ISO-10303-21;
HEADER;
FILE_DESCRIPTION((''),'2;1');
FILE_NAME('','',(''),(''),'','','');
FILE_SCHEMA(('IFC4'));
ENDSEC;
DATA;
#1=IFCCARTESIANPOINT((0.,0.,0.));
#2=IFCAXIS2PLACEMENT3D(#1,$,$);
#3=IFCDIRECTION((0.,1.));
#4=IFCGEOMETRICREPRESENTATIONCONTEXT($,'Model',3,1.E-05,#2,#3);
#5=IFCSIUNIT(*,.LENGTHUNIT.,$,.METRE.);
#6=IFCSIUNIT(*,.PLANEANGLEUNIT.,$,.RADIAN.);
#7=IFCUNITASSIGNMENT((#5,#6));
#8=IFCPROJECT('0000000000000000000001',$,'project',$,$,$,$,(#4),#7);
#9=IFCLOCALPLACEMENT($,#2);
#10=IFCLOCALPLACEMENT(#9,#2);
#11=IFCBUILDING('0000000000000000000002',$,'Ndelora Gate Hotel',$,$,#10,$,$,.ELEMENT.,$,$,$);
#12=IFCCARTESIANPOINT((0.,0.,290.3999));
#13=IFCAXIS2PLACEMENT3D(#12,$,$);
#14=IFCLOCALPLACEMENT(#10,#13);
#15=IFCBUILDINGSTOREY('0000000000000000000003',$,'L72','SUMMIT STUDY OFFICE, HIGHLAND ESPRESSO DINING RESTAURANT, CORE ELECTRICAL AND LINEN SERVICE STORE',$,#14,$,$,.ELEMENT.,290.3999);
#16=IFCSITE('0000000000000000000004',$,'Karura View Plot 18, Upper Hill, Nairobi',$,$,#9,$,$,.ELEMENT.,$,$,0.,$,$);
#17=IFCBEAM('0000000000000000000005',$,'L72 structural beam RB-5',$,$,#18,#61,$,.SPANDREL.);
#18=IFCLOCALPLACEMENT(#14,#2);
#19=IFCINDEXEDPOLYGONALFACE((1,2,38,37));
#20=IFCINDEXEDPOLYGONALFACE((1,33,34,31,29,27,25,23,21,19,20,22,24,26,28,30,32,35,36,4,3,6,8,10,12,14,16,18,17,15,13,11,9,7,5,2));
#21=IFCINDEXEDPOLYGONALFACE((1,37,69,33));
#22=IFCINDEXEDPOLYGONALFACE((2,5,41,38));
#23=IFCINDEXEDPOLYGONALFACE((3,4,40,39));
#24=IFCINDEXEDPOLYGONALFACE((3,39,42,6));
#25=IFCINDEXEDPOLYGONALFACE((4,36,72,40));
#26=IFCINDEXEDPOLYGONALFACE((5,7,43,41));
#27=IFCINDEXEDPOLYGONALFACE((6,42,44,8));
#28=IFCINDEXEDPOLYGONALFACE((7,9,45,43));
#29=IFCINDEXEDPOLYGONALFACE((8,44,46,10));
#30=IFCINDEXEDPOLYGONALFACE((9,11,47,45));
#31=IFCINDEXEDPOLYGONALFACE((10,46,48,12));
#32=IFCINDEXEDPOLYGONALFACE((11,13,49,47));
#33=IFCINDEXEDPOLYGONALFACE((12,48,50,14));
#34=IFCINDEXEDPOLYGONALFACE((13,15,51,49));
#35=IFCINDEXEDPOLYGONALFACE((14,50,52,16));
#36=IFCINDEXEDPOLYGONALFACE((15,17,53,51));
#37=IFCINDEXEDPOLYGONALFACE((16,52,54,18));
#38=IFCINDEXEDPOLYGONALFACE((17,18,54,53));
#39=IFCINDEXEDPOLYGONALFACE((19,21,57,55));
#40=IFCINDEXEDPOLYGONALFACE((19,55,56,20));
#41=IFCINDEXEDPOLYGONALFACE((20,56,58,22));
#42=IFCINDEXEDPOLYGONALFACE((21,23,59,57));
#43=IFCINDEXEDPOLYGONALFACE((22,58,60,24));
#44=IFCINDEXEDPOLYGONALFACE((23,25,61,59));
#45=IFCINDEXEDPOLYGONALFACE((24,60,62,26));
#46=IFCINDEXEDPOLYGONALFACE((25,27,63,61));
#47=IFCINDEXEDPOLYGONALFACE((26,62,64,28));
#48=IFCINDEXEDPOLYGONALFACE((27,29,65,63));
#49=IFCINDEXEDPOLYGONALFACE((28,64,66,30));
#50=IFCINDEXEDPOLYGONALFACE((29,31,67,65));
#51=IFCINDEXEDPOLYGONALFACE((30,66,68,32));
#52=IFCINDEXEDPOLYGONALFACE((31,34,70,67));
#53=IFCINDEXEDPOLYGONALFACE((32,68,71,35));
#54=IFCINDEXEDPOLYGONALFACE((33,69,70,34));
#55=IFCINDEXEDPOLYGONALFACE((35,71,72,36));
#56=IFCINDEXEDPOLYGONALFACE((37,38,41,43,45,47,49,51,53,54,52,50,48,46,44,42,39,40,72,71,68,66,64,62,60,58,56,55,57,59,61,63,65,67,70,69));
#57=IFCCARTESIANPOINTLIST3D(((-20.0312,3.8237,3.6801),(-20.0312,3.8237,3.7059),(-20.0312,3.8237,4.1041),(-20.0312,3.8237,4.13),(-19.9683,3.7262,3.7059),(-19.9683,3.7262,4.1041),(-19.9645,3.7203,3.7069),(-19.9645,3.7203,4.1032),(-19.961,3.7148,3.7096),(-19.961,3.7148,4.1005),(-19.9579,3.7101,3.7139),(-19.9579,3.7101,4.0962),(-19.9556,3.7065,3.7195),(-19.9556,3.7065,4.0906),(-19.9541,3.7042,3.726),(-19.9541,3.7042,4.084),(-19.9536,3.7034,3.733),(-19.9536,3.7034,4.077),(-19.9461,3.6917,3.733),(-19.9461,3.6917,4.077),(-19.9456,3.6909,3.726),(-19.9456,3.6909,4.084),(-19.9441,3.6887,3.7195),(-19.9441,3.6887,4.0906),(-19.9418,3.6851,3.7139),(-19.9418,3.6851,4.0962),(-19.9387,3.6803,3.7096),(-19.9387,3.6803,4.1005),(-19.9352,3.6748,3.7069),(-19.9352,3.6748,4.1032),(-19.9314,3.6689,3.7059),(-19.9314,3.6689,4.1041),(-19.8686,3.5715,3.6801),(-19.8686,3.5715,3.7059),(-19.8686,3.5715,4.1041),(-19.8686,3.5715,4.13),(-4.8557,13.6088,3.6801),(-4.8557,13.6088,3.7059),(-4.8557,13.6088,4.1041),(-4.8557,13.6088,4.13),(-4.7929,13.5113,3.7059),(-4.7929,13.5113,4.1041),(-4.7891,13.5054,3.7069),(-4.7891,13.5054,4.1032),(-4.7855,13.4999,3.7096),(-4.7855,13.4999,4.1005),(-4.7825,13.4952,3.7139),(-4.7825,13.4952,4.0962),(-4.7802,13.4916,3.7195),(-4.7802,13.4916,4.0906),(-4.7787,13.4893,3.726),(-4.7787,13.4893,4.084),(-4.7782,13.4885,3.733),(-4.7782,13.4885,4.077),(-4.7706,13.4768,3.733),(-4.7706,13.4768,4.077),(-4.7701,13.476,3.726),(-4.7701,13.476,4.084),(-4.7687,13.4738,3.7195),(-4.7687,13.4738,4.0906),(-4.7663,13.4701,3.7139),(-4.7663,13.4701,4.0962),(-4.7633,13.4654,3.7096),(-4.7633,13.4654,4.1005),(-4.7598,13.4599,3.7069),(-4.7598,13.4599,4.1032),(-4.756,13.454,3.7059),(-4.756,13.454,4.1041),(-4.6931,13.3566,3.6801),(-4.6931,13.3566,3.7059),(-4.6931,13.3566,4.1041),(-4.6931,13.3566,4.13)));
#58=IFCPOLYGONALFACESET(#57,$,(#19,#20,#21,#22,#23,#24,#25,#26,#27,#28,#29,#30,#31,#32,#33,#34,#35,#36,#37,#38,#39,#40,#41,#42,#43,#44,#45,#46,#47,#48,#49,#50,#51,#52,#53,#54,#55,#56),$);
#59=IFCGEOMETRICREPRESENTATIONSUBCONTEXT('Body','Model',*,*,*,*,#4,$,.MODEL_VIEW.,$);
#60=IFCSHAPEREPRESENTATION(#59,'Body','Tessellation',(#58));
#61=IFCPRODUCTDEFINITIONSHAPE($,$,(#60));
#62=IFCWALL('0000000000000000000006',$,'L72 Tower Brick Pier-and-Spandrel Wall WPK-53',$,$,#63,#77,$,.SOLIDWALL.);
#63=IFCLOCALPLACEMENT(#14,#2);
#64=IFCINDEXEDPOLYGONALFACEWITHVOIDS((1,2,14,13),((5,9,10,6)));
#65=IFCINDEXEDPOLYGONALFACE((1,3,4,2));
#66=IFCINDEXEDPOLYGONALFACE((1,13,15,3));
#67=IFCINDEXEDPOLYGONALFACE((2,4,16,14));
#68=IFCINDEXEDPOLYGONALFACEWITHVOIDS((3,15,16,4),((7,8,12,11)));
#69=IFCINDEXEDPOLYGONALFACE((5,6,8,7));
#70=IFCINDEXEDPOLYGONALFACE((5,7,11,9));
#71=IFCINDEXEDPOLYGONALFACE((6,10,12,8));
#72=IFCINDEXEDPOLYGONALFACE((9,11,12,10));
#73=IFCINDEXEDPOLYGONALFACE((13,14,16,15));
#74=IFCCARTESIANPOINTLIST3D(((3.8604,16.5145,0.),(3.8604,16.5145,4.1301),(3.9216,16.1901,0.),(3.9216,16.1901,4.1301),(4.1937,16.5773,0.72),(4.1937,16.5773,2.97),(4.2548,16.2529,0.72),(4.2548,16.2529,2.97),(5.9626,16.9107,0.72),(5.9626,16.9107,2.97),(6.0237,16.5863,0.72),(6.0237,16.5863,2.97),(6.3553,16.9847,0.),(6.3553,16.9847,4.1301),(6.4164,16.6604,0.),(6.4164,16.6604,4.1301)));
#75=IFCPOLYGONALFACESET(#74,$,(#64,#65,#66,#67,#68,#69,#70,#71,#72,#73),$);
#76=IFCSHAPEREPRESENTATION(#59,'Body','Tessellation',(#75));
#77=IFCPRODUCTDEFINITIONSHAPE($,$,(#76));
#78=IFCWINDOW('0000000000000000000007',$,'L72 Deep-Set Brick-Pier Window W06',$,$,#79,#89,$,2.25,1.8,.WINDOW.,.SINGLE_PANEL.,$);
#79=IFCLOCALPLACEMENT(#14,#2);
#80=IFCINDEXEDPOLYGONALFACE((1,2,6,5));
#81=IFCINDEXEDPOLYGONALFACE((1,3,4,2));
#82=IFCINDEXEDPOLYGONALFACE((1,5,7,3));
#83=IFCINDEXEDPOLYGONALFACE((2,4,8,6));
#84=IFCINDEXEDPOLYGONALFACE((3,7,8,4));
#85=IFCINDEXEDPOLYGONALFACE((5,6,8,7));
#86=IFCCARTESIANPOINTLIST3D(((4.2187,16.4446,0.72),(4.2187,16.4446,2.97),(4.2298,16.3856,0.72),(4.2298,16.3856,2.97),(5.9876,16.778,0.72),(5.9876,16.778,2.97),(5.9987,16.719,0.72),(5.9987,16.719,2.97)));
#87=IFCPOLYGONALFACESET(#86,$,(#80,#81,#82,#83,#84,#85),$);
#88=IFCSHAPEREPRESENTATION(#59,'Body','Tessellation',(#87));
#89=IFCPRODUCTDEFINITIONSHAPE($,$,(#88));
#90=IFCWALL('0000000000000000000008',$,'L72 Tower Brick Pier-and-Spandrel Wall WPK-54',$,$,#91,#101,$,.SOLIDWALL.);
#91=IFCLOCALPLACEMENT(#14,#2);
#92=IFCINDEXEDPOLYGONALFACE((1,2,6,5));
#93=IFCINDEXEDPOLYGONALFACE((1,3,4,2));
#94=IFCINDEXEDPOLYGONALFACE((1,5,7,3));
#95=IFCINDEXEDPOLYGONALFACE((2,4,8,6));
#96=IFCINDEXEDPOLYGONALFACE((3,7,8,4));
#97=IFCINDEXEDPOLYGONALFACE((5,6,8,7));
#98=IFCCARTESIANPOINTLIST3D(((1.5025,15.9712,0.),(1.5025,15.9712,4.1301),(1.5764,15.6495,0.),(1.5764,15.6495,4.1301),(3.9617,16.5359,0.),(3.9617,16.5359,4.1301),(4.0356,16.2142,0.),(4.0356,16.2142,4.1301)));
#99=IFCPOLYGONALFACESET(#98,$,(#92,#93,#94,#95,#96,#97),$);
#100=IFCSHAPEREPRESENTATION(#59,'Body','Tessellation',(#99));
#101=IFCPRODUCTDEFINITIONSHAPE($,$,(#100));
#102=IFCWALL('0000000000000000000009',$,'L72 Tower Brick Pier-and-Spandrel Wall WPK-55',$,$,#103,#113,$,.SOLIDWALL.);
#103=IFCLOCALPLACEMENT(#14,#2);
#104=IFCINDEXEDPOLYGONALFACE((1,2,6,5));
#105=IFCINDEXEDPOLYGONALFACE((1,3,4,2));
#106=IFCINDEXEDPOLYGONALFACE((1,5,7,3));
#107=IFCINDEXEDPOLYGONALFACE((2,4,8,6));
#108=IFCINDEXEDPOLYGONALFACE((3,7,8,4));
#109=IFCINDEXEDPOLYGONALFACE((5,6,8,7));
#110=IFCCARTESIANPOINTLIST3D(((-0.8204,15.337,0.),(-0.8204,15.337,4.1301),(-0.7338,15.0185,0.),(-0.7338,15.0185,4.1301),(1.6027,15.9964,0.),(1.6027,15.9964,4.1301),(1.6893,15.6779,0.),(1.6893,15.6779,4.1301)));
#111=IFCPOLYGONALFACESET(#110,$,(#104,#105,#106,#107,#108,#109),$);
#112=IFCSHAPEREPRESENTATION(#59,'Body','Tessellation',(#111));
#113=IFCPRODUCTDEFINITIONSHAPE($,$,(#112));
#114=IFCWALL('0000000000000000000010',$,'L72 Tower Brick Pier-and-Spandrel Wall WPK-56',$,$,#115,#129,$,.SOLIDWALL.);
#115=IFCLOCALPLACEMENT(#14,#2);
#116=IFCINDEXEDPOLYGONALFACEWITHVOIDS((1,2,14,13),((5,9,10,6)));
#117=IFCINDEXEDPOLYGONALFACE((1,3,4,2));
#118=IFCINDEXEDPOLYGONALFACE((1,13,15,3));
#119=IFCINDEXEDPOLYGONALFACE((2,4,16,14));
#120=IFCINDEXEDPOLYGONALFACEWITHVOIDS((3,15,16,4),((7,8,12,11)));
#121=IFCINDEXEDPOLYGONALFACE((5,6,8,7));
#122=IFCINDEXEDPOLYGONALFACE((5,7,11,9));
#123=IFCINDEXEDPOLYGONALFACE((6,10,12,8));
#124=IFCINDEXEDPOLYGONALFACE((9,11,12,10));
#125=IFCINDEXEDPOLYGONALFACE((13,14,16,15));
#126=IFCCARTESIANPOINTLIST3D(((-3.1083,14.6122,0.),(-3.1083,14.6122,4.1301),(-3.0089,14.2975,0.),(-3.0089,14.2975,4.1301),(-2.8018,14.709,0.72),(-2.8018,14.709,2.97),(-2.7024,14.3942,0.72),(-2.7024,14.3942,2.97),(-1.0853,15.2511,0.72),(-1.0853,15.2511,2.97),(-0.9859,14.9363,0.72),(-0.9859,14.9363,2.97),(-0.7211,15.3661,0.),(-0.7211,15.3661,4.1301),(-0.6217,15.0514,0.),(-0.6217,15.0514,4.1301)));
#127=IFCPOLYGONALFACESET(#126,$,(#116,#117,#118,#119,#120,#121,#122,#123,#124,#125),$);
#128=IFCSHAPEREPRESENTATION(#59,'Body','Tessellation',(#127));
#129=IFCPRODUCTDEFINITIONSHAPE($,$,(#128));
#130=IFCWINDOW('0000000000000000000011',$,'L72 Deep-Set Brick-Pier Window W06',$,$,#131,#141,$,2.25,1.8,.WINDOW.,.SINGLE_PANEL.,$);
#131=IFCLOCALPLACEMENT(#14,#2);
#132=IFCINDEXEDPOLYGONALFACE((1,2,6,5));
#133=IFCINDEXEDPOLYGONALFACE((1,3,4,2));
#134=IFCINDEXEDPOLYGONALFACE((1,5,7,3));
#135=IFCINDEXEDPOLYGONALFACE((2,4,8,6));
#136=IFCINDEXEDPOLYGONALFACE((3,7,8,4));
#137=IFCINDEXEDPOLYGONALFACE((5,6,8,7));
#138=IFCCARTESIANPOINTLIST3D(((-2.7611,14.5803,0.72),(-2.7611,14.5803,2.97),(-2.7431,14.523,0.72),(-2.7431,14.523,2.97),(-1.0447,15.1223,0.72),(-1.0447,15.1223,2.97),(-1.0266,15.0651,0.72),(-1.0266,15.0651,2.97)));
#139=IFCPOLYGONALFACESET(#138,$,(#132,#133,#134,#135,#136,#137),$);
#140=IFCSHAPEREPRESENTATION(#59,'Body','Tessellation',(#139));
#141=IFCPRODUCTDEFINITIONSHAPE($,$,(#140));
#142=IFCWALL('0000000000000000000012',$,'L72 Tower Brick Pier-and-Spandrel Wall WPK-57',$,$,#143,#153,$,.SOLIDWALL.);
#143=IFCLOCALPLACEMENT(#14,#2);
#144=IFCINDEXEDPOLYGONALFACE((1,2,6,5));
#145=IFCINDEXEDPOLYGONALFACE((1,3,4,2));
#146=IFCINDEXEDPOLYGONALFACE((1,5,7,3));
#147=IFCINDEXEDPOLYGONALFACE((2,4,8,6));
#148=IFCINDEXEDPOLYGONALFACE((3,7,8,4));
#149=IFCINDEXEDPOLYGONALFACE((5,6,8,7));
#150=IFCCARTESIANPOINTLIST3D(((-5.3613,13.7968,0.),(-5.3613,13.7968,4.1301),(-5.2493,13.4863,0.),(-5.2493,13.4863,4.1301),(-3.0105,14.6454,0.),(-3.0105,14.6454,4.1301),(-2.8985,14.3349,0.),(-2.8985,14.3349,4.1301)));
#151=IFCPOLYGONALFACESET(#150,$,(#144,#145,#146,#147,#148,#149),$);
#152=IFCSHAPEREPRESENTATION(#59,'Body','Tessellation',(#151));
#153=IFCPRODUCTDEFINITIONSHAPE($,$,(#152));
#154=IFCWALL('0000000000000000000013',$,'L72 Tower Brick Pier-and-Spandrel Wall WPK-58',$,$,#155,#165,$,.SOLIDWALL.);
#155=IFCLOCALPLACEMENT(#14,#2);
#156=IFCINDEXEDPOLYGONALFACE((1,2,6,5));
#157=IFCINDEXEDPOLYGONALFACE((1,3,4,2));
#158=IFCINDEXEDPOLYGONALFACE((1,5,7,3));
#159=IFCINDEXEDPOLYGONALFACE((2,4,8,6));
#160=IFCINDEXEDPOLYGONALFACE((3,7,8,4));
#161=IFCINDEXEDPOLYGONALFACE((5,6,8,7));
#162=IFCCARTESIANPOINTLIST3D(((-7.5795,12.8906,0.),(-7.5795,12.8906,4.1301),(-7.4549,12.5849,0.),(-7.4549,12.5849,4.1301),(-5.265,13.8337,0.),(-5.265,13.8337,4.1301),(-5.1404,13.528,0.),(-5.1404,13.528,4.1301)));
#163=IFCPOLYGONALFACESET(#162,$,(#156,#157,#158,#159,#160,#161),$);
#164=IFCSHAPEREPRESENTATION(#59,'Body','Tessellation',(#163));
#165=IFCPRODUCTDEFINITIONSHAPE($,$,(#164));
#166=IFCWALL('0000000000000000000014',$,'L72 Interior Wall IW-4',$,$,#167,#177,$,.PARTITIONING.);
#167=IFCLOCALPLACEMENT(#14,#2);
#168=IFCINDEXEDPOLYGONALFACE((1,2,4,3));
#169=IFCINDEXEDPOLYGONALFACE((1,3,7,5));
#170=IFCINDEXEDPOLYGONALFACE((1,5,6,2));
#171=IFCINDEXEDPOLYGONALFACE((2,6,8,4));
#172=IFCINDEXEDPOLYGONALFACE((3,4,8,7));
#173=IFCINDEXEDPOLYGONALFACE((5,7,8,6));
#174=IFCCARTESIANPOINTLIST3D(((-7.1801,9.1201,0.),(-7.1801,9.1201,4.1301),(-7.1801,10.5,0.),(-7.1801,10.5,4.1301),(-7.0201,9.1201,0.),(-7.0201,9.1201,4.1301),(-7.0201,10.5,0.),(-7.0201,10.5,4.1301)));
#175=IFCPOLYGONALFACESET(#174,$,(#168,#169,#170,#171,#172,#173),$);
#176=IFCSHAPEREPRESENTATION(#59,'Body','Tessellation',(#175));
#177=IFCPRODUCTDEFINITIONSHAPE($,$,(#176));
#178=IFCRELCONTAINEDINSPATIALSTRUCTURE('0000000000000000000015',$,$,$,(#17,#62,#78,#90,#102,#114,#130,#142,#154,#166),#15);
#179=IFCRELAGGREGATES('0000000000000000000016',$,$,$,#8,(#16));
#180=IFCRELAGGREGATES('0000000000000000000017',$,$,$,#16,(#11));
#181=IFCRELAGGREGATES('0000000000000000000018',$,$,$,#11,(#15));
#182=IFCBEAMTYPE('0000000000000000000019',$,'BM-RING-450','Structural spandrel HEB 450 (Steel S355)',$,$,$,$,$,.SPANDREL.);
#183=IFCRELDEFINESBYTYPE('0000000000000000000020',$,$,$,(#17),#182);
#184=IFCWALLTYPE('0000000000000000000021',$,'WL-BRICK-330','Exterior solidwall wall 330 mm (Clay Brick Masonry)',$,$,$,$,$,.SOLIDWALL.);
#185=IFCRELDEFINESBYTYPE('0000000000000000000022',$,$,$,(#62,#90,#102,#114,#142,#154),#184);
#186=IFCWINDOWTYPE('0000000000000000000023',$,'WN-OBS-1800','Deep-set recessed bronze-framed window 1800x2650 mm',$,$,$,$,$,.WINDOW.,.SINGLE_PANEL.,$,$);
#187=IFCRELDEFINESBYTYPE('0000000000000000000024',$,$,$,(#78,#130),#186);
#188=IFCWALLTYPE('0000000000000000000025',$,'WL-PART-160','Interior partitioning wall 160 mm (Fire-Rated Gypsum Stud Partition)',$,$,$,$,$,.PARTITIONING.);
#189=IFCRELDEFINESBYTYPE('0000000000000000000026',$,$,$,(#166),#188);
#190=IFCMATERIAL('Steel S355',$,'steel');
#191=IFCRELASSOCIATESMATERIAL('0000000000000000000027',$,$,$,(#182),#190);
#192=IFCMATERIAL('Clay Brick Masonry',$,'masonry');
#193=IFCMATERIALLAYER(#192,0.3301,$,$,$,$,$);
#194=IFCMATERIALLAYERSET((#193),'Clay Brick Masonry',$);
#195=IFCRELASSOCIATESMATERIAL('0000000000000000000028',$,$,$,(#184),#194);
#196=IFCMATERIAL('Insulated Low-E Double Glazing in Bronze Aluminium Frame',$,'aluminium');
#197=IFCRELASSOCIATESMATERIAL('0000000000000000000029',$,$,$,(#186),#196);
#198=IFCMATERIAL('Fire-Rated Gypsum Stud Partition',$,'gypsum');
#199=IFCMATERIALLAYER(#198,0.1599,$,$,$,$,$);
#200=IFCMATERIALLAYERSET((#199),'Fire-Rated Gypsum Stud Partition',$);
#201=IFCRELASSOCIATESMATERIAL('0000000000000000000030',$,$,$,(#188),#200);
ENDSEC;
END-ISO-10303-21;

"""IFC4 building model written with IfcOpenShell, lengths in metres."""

from ifc_helpers import new_model, si_unit, direction, frame, frame_2d, origin, origin_2d, place, context, subcontext, project, spatial, rectangle, i_section, extrude, material, layer, layer_set, material_profile, profile_set, type_object, element, fill, save


model = new_model("IFC4")

# Units and contexts
model_context = context("Model", 3, precision=1e-05, world=origin(), true_north=direction((0.0, 1.0)))
body_context = subcontext(model_context, "Body", "Model", "MODEL_VIEW")
ifc_project = project(units=[si_unit("LENGTHUNIT", "METRE"), si_unit("PLANEANGLEUNIT", "RADIAN")], contexts=[model_context])

# Site, building, storey
site_placement = place(None, origin())
site = spatial("IfcSite", under=ifc_project, at=site_placement, Name="Karura View Plot 18, Upper Hill, Nairobi", CompositionType="ELEMENT", RefElevation=0.0)
building_placement = place(site_placement, origin())
building = spatial("IfcBuilding", under=site, at=building_placement, Name="Ndelora Gate Hotel", CompositionType="ELEMENT")
storey_placement = place(building_placement, frame((0.0, 0.0, 290.3999)))
storey = spatial("IfcBuildingStorey", under=building, at=storey_placement, Name="L72", Description="SUMMIT STUDY OFFICE, HIGHLAND ESPRESSO DINING RESTAURANT, CORE ELECTRICAL AND LINEN SERVICE STORE", CompositionType="ELEMENT", Elevation=290.3999)

# Beam
ifc_material_1 = material(Name="Steel S355", Category="steel")
ifc_material_profile_1 = material_profile(ifc_material_1, i_section(OverallWidth=0.3, OverallDepth=0.45, WebThickness=0.0139, FlangeThickness=0.0259, FilletRadius=0.0271, at=origin_2d()), Name="HEB 450")
ifc_profile_set_1 = profile_set([ifc_material_profile_1], Name="Steel S355")
beam_type_1 = type_object("IfcBeamType", Name="BM-RING-450", Description="Structural spandrel HEB 450 (Steel S355)", PredefinedType="SPANDREL", material=ifc_profile_set_1)
beam_1_placement = place(storey_placement, frame((-4.7744, 13.4827, 3.905), z_axis=(-0.840436, -0.541911, 0.0), x_axis=(0.541911, -0.840436, 0.0)))
element("IfcBeam", 1, at=beam_1_placement, inside=storey, type_object=beam_type_1, Name="L72 structural beam RB-5", PredefinedType="SPANDREL", context=body_context, shape_type="SweptSolid", body=[
    extrude(i_section(OverallWidth=0.3, OverallDepth=0.45, WebThickness=0.0139, FlangeThickness=0.0259, FilletRadius=0.0271, at=origin_2d()), origin(), (0.0, 0.0, 1.0), 18.0566),
])

# Wall, opening, window
ifc_material_2 = material(Name="Clay Brick Masonry", Category="masonry")
ifc_layer_1 = layer(ifc_material_2, 0.3301)
ifc_layer_set_1 = layer_set([ifc_layer_1], Name="Clay Brick Masonry")
wall_type_1 = type_object("IfcWallType", Name="WL-BRICK-330", Description="Exterior solidwall wall 330 mm (Clay Brick Masonry)", PredefinedType="SOLIDWALL", material=ifc_layer_set_1)
wall_1_placement = place(storey_placement, frame((3.8909, 16.3523, 0.0), z_axis=(0.0, 0.0, 1.0), x_axis=(0.982699, 0.185212, 0.0)))
wall_1 = element("IfcWall", 2, at=wall_1_placement, inside=storey, type_object=wall_type_1, Name="L72 Tower Brick Pier-and-Spandrel Wall WPK-53", PredefinedType="SOLIDWALL", context=body_context, shape_type="SweptSolid", body=[
    extrude(rectangle(XDim=2.5388, YDim=0.3301, at=frame_2d((1.2695, 0.0))), origin(), (0.0, 0.0, 1.0), 4.1301),
])
opening_1_placement = place(wall_1_placement, frame((0.3394, 0.0, 0.72)))
opening_1 = element("IfcOpeningElement", 3, at=opening_1_placement, cuts=wall_1, PredefinedType="OPENING", context=body_context, shape_type="SweptSolid", body=[
    extrude(rectangle(XDim=1.8, YDim=2.25, at=frame_2d((0.8999, 1.125))), frame((0.0, 0.175, 0.0), z_axis=(0.0, -1.0, 0.0), x_axis=(1.0, 0.0, 0.0)), (0.0, 0.0, 1.0), 0.3501),
])
ifc_material_3 = material(Name="Insulated Low-E Double Glazing in Bronze Aluminium Frame", Category="aluminium")
window_type = type_object("IfcWindowType", Name="WN-OBS-1800", Description="Deep-set recessed bronze-framed window 1800x2650 mm", PartitioningType="SINGLE_PANEL", PredefinedType="WINDOW", material=ifc_material_3)
window_1_placement = place(opening_1_placement, origin())
window_1 = element("IfcWindow", 4, at=window_1_placement, inside=storey, type_object=window_type, Name="L72 Deep-Set Brick-Pier Window W06", OverallHeight=2.25, OverallWidth=1.8, PartitioningType="SINGLE_PANEL", PredefinedType="WINDOW", context=body_context, shape_type="SweptSolid", body=[
    extrude(rectangle(XDim=1.8, YDim=2.25, at=frame_2d((0.8999, 1.125))), frame((0.0, 0.03, 0.0), z_axis=(0.0, -1.0, 0.0), x_axis=(1.0, 0.0, 0.0)), (0.0, 0.0, 1.0), 0.0601),
])
fill(opening_1, window_1)

# Walls
wall_2_placement = place(storey_placement, frame((1.5393, 15.8103, 0.0), z_axis=(0.0, 0.0, 1.0), x_axis=(0.974635, 0.223799, 0.0)))
element("IfcWall", 5, at=wall_2_placement, inside=storey, type_object=wall_type_1, Name="L72 Tower Brick Pier-and-Spandrel Wall WPK-54", PredefinedType="SOLIDWALL", context=body_context, shape_type="SweptSolid", body=[
    extrude(rectangle(XDim=2.5232, YDim=0.3301, at=frame_2d((1.2617, 0.0))), origin(), (0.0, 0.0, 1.0), 4.1301),
])
wall_3_placement = place(storey_placement, frame((-0.7771, 15.1777, 0.0), z_axis=(0.0, 0.0, 1.0), x_axis=(0.964907, 0.262591, 0.0)))
element("IfcWall", 6, at=wall_3_placement, inside=storey, type_object=wall_type_1, Name="L72 Tower Brick Pier-and-Spandrel Wall WPK-55", PredefinedType="SOLIDWALL", context=body_context, shape_type="SweptSolid", body=[
    extrude(rectangle(XDim=2.5112, YDim=0.3301, at=frame_2d((1.2556, 0.0))), origin(), (0.0, 0.0, 1.0), 4.1301),
])

# Wall, opening, window
wall_4_placement = place(storey_placement, frame((-3.0586, 14.4548, 0.0), z_axis=(0.0, 0.0, 1.0), x_axis=(0.953577, 0.30115, 0.0)))
wall_4 = element("IfcWall", 7, at=wall_4_placement, inside=storey, type_object=wall_type_1, Name="L72 Tower Brick Pier-and-Spandrel Wall WPK-56", PredefinedType="SOLIDWALL", context=body_context, shape_type="SweptSolid", body=[
    extrude(rectangle(XDim=2.5034, YDim=0.3301, at=frame_2d((1.2517, 0.0))), origin(), (0.0, 0.0, 1.0), 4.1301),
])
opening_2_placement = place(wall_4_placement, frame((0.3215, 0.0, 0.72)))
opening_2 = element("IfcOpeningElement", 8, at=opening_2_placement, cuts=wall_4, PredefinedType="OPENING", context=body_context, shape_type="SweptSolid", body=[
    extrude(rectangle(XDim=1.8, YDim=2.25, at=frame_2d((0.8999, 1.125))), frame((0.0, 0.175, 0.0), z_axis=(0.0, -1.0, 0.0), x_axis=(1.0, 0.0, 0.0)), (0.0, 0.0, 1.0), 0.3501),
])
window_2_placement = place(opening_2_placement, origin())
window_2 = element("IfcWindow", 9, at=window_2_placement, inside=storey, type_object=window_type, Name="L72 Deep-Set Brick-Pier Window W06", OverallHeight=2.25, OverallWidth=1.8, PartitioningType="SINGLE_PANEL", PredefinedType="WINDOW", context=body_context, shape_type="SweptSolid", body=[
    extrude(rectangle(XDim=1.8, YDim=2.25, at=frame_2d((0.8999, 1.125))), frame((0.0, 0.03, 0.0), z_axis=(0.0, -1.0, 0.0), x_axis=(1.0, 0.0, 0.0)), (0.0, 0.0, 1.0), 0.0601),
])
fill(opening_2, window_2)

# Walls
for number, where, z_axis, x_axis, name in (
    (10, (-5.3052, 13.6416, 0.0), (0.0, 0.0, 1.0), (0.940589, 0.339546, 0.0), "L72 Tower Brick Pier-and-Spandrel Wall WPK-57"),
    (11, (-7.5171, 12.7378, 0.0), (0.0, 0.0, 1.0), (0.926066, 0.377362, 0.0), "L72 Tower Brick Pier-and-Spandrel Wall WPK-58"),
):
    element("IfcWall", number, at=place(storey_placement, frame(where, z_axis=z_axis, x_axis=x_axis)), inside=storey, type_object=wall_type_1, Name=name, PredefinedType="SOLIDWALL", context=body_context, shape_type="SweptSolid", body=[
        extrude(rectangle(XDim=2.4993, YDim=0.3301, at=frame_2d((1.2495, 0.0))), origin(), (0.0, 0.0, 1.0), 4.1301),
    ])
ifc_material_4 = material(Name="Fire-Rated Gypsum Stud Partition", Category="gypsum")
ifc_layer_2 = layer(ifc_material_4, 0.1599)
ifc_layer_set_2 = layer_set([ifc_layer_2], Name="Fire-Rated Gypsum Stud Partition")
wall_type_2 = type_object("IfcWallType", Name="WL-PART-160", Description="Interior partitioning wall 160 mm (Fire-Rated Gypsum Stud Partition)", PredefinedType="PARTITIONING", material=ifc_layer_set_2)
wall_5_placement = place(storey_placement, frame((-7.1001, 9.1201, 0.0), z_axis=(0.0, 0.0, 1.0), x_axis=(0.0, 1.0, 0.0)))
element("IfcWall", 12, at=wall_5_placement, inside=storey, type_object=wall_type_2, Name="L72 Interior Wall IW-4", PredefinedType="PARTITIONING", context=body_context, shape_type="SweptSolid", body=[
    extrude(rectangle(XDim=1.3799, YDim=0.1599, at=frame_2d((0.6899, 0.0))), origin(), (0.0, 0.0, 1.0), 4.1301),
])

save(model, "model.ifc")
